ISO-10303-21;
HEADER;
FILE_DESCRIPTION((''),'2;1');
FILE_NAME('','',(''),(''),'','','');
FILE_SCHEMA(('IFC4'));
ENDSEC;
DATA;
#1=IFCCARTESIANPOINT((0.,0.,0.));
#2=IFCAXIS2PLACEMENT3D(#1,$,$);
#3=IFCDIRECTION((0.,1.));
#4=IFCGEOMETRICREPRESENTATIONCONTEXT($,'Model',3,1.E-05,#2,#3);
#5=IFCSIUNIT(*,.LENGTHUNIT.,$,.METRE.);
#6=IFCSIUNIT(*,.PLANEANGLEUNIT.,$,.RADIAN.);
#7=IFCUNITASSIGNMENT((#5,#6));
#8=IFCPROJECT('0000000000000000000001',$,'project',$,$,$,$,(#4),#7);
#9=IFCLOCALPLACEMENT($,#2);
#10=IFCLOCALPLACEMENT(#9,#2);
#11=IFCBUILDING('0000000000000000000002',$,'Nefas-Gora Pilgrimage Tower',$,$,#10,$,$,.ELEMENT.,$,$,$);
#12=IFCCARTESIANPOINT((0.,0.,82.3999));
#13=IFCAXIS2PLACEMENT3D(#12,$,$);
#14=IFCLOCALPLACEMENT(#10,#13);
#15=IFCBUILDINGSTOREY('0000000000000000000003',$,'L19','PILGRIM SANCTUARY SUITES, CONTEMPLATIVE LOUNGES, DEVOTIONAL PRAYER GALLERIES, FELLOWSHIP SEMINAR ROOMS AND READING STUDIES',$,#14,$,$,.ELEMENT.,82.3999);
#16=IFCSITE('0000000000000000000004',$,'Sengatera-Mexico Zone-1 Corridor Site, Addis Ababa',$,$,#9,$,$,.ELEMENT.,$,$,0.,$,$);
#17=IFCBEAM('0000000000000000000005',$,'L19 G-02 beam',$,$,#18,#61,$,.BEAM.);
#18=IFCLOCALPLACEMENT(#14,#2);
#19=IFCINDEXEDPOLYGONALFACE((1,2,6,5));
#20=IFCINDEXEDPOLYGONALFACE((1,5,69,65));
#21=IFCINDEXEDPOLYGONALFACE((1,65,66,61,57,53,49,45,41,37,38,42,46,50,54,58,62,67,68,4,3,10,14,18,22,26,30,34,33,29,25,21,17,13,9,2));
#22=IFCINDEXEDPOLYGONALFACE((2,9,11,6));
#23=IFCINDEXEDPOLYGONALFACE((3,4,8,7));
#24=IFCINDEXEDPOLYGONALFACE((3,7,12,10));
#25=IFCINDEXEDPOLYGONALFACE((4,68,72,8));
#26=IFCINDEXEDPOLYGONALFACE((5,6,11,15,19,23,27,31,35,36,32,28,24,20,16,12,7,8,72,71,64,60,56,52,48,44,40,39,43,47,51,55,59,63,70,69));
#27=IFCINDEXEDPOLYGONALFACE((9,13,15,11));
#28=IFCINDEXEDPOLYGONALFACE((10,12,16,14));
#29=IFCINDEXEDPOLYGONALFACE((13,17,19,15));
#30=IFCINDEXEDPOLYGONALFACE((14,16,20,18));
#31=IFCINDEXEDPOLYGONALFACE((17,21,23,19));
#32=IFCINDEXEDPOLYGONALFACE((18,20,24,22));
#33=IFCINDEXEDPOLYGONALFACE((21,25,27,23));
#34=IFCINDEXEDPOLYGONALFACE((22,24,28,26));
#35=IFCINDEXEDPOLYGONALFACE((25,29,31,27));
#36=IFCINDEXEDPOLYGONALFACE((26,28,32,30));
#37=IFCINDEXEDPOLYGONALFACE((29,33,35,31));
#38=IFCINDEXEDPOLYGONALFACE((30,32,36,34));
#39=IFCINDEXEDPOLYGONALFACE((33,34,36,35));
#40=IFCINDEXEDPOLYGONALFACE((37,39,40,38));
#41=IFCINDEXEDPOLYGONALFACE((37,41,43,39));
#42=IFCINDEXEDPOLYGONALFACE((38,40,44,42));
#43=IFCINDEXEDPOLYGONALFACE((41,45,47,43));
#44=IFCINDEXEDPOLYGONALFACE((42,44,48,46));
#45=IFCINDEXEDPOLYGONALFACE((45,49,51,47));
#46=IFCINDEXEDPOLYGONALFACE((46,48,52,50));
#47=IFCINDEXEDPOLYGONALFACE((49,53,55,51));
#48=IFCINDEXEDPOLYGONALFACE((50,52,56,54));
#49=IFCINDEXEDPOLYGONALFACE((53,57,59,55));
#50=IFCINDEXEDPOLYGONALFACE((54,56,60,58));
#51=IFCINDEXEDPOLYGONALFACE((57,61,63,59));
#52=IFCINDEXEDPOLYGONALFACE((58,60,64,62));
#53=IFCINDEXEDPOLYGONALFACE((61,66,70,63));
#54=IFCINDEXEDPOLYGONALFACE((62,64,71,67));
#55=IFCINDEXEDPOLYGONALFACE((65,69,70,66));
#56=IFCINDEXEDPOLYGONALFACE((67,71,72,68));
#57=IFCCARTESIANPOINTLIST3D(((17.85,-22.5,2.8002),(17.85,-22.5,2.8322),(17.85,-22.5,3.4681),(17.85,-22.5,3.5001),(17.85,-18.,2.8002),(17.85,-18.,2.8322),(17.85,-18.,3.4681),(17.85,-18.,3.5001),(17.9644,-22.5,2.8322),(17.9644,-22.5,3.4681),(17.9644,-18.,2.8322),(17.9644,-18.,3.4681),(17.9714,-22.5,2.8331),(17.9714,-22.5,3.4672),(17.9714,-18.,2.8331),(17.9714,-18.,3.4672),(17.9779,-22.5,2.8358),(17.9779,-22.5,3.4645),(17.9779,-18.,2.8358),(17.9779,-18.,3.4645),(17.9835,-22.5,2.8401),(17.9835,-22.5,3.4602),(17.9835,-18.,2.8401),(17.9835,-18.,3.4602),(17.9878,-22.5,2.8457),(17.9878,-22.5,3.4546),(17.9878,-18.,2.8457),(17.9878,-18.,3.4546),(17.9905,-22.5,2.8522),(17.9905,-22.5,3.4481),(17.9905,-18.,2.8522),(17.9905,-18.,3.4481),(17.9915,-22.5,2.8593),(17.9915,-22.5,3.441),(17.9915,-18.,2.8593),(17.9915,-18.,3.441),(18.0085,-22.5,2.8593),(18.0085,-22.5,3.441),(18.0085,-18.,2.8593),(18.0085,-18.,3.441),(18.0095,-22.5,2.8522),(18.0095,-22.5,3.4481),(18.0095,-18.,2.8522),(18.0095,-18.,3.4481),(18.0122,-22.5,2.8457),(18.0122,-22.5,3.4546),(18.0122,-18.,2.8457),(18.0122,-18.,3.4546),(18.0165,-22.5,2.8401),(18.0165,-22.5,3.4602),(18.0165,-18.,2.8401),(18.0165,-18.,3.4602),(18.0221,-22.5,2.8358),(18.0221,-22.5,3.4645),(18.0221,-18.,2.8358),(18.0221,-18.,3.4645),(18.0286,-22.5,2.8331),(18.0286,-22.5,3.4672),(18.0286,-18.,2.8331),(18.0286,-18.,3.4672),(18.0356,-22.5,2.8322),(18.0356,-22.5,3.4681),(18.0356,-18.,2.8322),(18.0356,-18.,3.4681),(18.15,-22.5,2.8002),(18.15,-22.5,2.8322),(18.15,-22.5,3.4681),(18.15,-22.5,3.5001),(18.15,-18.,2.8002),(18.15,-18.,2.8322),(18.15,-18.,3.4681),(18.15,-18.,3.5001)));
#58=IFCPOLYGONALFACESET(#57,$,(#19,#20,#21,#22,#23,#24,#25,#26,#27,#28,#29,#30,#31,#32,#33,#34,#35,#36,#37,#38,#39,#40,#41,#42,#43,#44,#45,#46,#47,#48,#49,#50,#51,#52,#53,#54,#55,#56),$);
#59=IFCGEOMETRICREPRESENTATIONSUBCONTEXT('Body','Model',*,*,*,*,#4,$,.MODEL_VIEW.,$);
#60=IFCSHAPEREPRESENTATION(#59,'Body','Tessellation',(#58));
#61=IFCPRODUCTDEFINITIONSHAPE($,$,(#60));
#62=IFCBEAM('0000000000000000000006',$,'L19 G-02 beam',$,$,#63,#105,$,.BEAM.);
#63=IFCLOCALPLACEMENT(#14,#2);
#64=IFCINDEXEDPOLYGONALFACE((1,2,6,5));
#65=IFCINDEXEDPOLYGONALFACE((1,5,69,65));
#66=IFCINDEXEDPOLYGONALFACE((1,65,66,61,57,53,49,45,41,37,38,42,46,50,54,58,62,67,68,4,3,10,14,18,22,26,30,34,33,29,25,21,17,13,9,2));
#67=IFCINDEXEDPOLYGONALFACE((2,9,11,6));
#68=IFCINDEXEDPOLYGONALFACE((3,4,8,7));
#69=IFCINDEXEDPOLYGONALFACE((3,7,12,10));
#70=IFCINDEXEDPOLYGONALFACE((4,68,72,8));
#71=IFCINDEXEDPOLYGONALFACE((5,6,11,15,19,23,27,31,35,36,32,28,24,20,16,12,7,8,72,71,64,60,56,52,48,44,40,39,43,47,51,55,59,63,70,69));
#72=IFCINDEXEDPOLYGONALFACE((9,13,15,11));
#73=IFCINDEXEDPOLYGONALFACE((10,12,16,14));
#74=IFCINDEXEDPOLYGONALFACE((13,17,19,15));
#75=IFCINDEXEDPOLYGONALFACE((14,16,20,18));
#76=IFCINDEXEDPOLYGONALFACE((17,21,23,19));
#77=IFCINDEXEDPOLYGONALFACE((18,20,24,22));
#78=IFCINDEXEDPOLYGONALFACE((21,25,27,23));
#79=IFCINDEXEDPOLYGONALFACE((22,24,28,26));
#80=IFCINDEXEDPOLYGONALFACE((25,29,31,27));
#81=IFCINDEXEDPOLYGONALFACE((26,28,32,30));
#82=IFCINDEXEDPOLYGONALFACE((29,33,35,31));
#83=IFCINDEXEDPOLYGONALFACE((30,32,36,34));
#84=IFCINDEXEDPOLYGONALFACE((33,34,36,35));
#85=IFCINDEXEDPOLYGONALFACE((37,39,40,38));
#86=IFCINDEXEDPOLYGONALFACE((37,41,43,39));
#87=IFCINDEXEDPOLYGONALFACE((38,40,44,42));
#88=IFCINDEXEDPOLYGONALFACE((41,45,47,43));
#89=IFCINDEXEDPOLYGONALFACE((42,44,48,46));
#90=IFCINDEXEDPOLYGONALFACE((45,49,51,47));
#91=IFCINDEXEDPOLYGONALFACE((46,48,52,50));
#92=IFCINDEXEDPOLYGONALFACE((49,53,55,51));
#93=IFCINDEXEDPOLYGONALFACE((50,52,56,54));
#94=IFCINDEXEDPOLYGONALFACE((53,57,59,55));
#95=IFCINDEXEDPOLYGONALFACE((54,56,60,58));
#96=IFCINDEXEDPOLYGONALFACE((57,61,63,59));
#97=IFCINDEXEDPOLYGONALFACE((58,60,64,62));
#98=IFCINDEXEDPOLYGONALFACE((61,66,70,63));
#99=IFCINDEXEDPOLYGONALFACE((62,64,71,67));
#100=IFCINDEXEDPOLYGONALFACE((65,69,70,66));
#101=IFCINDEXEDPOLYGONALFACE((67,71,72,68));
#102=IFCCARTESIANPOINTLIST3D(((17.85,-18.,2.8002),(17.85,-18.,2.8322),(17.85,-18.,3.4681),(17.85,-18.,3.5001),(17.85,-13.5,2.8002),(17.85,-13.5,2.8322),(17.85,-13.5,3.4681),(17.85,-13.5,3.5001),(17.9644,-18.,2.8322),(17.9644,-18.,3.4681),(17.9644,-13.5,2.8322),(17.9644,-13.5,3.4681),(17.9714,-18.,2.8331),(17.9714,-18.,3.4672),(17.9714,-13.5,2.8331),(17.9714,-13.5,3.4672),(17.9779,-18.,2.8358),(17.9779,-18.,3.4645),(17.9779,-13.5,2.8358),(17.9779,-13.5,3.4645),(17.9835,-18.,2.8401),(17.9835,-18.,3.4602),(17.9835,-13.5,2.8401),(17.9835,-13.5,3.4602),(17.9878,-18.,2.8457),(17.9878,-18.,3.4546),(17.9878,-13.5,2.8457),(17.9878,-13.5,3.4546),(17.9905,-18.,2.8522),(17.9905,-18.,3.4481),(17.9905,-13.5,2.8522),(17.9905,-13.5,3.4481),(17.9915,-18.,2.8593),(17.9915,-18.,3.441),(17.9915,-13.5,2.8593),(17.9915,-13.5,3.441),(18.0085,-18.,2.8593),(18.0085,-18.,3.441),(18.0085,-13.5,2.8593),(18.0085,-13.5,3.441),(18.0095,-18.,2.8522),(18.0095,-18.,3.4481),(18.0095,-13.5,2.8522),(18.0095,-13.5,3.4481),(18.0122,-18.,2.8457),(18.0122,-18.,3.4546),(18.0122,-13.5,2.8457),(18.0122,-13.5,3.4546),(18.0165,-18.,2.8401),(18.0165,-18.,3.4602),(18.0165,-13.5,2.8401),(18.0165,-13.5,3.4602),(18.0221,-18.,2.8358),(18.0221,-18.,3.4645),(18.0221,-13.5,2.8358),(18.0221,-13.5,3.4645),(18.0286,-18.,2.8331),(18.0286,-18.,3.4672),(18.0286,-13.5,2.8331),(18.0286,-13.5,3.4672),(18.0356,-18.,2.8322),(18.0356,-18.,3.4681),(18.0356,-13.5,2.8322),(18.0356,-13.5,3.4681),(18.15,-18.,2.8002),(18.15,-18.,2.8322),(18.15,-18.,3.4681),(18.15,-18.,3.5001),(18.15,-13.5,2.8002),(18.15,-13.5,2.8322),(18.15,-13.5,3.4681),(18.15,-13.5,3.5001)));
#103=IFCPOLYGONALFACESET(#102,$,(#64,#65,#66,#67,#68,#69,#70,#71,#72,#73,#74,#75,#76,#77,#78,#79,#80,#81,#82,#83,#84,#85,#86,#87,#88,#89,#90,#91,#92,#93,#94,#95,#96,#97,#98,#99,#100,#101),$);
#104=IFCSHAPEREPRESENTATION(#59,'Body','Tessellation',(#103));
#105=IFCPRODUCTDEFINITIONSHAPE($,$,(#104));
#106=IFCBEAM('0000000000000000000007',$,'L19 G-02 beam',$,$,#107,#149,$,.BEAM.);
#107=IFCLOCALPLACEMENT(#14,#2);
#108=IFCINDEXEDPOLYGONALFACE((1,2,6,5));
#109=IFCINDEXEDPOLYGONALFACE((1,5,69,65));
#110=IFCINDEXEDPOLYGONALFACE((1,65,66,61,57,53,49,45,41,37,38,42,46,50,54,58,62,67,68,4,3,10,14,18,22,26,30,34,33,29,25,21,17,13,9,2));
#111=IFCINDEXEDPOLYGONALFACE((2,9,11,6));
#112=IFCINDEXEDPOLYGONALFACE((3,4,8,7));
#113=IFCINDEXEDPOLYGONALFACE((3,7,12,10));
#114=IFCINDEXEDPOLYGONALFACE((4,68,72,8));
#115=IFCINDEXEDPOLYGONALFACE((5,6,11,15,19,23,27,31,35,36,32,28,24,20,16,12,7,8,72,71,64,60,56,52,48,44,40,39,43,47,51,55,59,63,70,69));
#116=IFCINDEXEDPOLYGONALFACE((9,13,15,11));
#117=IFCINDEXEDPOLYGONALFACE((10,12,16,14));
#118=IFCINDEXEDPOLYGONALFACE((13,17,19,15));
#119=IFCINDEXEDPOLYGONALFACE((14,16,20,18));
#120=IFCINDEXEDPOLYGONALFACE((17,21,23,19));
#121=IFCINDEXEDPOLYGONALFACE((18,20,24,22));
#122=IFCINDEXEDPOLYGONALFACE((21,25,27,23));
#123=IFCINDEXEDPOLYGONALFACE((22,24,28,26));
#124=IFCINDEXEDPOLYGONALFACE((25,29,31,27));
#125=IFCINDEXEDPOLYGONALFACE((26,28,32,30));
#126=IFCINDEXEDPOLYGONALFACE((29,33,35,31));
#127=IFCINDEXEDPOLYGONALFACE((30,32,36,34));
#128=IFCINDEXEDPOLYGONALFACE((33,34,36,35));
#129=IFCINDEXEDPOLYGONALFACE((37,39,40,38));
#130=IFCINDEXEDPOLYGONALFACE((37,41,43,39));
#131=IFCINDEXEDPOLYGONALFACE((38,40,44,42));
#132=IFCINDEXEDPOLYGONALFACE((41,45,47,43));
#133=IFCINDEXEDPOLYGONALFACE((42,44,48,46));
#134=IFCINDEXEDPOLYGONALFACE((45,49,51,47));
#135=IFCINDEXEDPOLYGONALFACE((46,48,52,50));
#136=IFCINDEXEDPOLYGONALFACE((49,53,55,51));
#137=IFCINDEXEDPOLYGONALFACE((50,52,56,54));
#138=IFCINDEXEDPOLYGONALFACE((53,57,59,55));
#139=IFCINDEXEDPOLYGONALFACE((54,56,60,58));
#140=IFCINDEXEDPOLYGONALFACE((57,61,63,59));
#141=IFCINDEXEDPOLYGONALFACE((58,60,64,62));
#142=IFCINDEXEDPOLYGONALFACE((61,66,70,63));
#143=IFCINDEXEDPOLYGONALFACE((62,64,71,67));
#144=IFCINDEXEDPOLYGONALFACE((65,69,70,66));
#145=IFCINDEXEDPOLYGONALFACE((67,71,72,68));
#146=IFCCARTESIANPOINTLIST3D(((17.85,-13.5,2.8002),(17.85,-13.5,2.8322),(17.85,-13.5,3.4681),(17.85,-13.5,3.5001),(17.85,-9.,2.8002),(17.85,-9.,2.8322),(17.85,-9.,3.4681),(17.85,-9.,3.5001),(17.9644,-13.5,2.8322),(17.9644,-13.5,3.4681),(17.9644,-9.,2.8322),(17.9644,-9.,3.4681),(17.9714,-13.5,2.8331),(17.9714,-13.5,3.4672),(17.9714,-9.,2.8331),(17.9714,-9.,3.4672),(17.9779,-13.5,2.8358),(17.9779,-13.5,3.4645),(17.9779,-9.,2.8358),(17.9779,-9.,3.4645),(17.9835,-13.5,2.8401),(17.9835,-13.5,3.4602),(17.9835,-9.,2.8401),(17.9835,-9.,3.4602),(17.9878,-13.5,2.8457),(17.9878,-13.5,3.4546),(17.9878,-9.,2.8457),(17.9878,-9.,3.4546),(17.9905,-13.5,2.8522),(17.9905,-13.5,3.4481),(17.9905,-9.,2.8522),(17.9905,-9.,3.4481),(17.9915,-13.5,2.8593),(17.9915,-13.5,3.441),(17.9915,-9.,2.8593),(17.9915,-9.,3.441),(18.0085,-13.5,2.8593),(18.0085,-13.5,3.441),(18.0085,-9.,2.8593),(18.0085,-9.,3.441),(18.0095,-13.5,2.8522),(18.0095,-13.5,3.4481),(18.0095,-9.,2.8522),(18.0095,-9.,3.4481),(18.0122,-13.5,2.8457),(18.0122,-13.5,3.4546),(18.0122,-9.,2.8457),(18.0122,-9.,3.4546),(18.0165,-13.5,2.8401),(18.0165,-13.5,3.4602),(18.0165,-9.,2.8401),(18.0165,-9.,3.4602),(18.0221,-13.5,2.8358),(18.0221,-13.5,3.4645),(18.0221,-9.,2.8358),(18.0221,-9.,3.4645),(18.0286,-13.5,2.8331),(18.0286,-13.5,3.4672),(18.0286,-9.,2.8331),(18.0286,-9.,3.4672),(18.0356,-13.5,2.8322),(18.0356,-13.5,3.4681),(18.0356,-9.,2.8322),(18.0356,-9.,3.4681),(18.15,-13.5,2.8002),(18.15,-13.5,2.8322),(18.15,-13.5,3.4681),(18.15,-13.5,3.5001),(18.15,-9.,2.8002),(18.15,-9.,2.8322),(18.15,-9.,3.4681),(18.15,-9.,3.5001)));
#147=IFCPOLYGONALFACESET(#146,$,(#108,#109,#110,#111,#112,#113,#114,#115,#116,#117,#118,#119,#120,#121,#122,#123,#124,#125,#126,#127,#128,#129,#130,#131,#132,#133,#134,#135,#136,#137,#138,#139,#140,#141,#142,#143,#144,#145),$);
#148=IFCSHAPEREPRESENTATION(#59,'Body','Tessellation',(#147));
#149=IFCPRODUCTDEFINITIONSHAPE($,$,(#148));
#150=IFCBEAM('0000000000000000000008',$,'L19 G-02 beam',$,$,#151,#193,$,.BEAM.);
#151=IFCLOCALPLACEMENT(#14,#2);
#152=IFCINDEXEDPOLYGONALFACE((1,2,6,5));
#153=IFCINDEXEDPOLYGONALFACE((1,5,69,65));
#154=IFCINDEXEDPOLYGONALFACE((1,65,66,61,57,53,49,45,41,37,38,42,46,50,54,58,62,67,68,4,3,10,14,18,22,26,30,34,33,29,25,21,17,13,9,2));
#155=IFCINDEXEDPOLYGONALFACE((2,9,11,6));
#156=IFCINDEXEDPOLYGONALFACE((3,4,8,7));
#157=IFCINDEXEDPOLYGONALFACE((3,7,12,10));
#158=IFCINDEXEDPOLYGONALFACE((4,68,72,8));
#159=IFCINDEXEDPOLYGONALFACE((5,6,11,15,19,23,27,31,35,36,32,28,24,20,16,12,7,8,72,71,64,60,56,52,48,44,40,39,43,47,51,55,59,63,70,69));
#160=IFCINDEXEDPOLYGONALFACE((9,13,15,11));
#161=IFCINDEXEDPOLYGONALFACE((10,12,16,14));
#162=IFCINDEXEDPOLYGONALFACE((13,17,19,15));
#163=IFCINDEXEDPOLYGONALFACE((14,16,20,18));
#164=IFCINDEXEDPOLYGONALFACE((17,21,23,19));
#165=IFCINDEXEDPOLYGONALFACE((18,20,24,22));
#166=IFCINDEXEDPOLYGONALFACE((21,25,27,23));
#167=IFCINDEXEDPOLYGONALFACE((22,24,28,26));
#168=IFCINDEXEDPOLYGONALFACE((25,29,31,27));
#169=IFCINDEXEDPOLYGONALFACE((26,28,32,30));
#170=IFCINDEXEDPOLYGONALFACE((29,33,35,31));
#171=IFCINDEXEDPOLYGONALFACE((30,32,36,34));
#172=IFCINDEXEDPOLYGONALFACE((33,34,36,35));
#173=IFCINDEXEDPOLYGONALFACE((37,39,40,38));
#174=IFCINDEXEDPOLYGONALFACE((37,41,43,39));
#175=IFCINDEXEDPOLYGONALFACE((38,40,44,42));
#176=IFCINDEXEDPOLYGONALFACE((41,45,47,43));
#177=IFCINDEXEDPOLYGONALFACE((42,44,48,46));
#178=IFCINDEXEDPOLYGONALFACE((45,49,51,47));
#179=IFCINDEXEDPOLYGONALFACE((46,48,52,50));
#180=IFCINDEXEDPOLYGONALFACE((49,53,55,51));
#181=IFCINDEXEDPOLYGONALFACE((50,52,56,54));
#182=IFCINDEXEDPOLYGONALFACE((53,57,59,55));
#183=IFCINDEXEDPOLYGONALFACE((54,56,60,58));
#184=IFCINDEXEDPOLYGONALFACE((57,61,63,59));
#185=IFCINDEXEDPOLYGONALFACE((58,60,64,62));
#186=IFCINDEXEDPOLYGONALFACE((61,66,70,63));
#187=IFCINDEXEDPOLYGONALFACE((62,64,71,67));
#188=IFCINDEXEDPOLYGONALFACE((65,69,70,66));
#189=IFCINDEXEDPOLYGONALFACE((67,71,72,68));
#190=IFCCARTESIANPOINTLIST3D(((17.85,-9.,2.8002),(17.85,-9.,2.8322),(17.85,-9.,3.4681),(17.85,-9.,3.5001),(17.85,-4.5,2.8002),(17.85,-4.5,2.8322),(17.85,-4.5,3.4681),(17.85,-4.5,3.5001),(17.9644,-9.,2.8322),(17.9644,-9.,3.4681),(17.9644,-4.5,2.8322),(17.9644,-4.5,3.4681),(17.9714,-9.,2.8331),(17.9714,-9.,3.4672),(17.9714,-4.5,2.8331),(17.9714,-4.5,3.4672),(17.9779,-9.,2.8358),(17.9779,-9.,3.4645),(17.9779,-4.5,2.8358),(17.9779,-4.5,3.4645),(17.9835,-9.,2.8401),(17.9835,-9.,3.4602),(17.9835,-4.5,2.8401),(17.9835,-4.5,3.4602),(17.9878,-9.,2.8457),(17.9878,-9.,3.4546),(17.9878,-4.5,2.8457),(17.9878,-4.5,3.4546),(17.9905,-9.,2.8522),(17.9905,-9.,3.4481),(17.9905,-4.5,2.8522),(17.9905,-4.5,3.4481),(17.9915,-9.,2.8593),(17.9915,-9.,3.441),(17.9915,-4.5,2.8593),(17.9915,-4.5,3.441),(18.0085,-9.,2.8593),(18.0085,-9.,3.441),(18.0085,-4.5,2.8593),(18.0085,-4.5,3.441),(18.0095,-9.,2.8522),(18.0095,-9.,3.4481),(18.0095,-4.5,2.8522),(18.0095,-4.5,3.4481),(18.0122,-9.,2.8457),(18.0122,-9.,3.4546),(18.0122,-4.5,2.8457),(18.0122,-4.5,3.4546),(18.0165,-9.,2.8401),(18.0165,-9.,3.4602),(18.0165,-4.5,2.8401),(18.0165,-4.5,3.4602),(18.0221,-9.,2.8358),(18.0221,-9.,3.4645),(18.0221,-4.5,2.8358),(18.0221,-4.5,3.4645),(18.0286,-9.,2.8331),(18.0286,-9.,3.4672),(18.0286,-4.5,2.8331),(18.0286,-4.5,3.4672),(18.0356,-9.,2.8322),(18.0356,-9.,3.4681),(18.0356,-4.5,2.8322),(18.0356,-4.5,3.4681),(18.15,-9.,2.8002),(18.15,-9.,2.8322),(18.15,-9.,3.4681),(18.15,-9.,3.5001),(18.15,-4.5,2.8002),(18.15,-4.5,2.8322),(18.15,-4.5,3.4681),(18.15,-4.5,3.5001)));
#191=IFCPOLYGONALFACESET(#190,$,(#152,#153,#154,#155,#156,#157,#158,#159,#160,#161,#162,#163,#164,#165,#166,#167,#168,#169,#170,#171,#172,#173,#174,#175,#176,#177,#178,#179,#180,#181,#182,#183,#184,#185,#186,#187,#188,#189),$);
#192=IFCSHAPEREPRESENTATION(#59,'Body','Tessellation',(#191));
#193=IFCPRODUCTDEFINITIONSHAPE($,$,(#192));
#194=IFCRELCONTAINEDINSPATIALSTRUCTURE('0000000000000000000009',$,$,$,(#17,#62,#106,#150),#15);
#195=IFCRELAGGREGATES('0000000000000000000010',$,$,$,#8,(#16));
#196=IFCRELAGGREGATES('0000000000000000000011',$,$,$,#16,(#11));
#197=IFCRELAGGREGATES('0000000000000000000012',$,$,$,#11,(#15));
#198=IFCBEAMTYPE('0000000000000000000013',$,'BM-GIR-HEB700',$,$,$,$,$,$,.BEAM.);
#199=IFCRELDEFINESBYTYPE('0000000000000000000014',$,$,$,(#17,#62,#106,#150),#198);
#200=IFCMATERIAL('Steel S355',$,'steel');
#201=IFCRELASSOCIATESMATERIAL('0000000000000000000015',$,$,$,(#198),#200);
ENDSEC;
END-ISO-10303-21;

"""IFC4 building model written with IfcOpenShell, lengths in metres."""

from ifc_helpers import new_model, si_unit, direction, frame, origin, origin_2d, place, context, subcontext, project, spatial, i_section, extrude, source, transform, mapped, material, material_profile, profile_set, type_object, element, save


model = new_model("IFC4")

# Units and contexts
model_context = context("Model", 3, precision=1e-05, world=origin(), true_north=direction((0.0, 1.0)))
body_context = subcontext(model_context, "Body", "Model", "MODEL_VIEW")
ifc_project = project(units=[si_unit("LENGTHUNIT", "METRE"), si_unit("PLANEANGLEUNIT", "RADIAN")], contexts=[model_context])

# Site, building, storey
site_placement = place(None, origin())
site = spatial("IfcSite", under=ifc_project, at=site_placement, Name="Sengatera-Mexico Zone-1 Corridor Site, Addis Ababa", CompositionType="ELEMENT", RefElevation=0.0)
building_placement = place(site_placement, origin())
building = spatial("IfcBuilding", under=site, at=building_placement, Name="Nefas-Gora Pilgrimage Tower", CompositionType="ELEMENT")
storey_placement = place(building_placement, frame((0.0, 0.0, 82.3999)))
storey = spatial("IfcBuildingStorey", under=building, at=storey_placement, Name="L19", Description="PILGRIM SANCTUARY SUITES, CONTEMPLATIVE LOUNGES, DEVOTIONAL PRAYER GALLERIES, FELLOWSHIP SEMINAR ROOMS AND READING STUDIES", CompositionType="ELEMENT", Elevation=82.3999)

# Beams
ifc_material_1 = material(Name="Steel S355", Category="steel")
ifc_material_profile_1 = material_profile(ifc_material_1, i_section(OverallWidth=0.3, OverallDepth=0.7, WebThickness=0.0171, FlangeThickness=0.032, FilletRadius=0.0271, at=origin_2d()), Name="HEB 700")
ifc_profile_set_1 = profile_set([ifc_material_profile_1], Name="Steel S355")
beam_type_1 = type_object("IfcBeamType", Name="BM-GIR-HEB700", PredefinedType="BEAM", material=ifc_profile_set_1)
shared_shape_1 = source(origin(), body_context, "Body", "SweptSolid", [
    extrude(i_section(OverallWidth=0.3, OverallDepth=0.7, WebThickness=0.0171, FlangeThickness=0.032, FilletRadius=0.0271, at=origin_2d()), origin(), (0.0, 0.0, 1.0), 4.5),
])
for number, where, z_axis, x_axis, name in (
    (1, (18.0, -22.5, 3.1501), (0.0, 1.0, 0.0), (-1.0, 0.0, 0.0), "L19 G-02 beam"),
    (2, (18.0, -18.0, 3.1501), (0.0, 1.0, 0.0), (-1.0, 0.0, 0.0), "L19 G-02 beam"),
    (3, (18.0, -13.5, 3.1501), (0.0, 1.0, 0.0), (-1.0, 0.0, 0.0), "L19 G-02 beam"),
    (4, (18.0, -9.0, 3.1501), (0.0, 1.0, 0.0), (-1.0, 0.0, 0.0), "L19 G-02 beam"),
):
    element("IfcBeam", number, at=place(storey_placement, frame(where, z_axis=z_axis, x_axis=x_axis)), inside=storey, type_object=beam_type_1, Name=name, PredefinedType="BEAM", context=body_context, shape_type="MappedRepresentation", body=[
        mapped(shared_shape_1, transform((0.0, 0.0, 0.0), x_axis=(1.0, 0.0, 0.0), y_axis=(0.0, 1.0, 0.0), z_axis=(0.0, 0.0, 1.0), scale=1.0)),
    ])

save(model, "model.ifc")
